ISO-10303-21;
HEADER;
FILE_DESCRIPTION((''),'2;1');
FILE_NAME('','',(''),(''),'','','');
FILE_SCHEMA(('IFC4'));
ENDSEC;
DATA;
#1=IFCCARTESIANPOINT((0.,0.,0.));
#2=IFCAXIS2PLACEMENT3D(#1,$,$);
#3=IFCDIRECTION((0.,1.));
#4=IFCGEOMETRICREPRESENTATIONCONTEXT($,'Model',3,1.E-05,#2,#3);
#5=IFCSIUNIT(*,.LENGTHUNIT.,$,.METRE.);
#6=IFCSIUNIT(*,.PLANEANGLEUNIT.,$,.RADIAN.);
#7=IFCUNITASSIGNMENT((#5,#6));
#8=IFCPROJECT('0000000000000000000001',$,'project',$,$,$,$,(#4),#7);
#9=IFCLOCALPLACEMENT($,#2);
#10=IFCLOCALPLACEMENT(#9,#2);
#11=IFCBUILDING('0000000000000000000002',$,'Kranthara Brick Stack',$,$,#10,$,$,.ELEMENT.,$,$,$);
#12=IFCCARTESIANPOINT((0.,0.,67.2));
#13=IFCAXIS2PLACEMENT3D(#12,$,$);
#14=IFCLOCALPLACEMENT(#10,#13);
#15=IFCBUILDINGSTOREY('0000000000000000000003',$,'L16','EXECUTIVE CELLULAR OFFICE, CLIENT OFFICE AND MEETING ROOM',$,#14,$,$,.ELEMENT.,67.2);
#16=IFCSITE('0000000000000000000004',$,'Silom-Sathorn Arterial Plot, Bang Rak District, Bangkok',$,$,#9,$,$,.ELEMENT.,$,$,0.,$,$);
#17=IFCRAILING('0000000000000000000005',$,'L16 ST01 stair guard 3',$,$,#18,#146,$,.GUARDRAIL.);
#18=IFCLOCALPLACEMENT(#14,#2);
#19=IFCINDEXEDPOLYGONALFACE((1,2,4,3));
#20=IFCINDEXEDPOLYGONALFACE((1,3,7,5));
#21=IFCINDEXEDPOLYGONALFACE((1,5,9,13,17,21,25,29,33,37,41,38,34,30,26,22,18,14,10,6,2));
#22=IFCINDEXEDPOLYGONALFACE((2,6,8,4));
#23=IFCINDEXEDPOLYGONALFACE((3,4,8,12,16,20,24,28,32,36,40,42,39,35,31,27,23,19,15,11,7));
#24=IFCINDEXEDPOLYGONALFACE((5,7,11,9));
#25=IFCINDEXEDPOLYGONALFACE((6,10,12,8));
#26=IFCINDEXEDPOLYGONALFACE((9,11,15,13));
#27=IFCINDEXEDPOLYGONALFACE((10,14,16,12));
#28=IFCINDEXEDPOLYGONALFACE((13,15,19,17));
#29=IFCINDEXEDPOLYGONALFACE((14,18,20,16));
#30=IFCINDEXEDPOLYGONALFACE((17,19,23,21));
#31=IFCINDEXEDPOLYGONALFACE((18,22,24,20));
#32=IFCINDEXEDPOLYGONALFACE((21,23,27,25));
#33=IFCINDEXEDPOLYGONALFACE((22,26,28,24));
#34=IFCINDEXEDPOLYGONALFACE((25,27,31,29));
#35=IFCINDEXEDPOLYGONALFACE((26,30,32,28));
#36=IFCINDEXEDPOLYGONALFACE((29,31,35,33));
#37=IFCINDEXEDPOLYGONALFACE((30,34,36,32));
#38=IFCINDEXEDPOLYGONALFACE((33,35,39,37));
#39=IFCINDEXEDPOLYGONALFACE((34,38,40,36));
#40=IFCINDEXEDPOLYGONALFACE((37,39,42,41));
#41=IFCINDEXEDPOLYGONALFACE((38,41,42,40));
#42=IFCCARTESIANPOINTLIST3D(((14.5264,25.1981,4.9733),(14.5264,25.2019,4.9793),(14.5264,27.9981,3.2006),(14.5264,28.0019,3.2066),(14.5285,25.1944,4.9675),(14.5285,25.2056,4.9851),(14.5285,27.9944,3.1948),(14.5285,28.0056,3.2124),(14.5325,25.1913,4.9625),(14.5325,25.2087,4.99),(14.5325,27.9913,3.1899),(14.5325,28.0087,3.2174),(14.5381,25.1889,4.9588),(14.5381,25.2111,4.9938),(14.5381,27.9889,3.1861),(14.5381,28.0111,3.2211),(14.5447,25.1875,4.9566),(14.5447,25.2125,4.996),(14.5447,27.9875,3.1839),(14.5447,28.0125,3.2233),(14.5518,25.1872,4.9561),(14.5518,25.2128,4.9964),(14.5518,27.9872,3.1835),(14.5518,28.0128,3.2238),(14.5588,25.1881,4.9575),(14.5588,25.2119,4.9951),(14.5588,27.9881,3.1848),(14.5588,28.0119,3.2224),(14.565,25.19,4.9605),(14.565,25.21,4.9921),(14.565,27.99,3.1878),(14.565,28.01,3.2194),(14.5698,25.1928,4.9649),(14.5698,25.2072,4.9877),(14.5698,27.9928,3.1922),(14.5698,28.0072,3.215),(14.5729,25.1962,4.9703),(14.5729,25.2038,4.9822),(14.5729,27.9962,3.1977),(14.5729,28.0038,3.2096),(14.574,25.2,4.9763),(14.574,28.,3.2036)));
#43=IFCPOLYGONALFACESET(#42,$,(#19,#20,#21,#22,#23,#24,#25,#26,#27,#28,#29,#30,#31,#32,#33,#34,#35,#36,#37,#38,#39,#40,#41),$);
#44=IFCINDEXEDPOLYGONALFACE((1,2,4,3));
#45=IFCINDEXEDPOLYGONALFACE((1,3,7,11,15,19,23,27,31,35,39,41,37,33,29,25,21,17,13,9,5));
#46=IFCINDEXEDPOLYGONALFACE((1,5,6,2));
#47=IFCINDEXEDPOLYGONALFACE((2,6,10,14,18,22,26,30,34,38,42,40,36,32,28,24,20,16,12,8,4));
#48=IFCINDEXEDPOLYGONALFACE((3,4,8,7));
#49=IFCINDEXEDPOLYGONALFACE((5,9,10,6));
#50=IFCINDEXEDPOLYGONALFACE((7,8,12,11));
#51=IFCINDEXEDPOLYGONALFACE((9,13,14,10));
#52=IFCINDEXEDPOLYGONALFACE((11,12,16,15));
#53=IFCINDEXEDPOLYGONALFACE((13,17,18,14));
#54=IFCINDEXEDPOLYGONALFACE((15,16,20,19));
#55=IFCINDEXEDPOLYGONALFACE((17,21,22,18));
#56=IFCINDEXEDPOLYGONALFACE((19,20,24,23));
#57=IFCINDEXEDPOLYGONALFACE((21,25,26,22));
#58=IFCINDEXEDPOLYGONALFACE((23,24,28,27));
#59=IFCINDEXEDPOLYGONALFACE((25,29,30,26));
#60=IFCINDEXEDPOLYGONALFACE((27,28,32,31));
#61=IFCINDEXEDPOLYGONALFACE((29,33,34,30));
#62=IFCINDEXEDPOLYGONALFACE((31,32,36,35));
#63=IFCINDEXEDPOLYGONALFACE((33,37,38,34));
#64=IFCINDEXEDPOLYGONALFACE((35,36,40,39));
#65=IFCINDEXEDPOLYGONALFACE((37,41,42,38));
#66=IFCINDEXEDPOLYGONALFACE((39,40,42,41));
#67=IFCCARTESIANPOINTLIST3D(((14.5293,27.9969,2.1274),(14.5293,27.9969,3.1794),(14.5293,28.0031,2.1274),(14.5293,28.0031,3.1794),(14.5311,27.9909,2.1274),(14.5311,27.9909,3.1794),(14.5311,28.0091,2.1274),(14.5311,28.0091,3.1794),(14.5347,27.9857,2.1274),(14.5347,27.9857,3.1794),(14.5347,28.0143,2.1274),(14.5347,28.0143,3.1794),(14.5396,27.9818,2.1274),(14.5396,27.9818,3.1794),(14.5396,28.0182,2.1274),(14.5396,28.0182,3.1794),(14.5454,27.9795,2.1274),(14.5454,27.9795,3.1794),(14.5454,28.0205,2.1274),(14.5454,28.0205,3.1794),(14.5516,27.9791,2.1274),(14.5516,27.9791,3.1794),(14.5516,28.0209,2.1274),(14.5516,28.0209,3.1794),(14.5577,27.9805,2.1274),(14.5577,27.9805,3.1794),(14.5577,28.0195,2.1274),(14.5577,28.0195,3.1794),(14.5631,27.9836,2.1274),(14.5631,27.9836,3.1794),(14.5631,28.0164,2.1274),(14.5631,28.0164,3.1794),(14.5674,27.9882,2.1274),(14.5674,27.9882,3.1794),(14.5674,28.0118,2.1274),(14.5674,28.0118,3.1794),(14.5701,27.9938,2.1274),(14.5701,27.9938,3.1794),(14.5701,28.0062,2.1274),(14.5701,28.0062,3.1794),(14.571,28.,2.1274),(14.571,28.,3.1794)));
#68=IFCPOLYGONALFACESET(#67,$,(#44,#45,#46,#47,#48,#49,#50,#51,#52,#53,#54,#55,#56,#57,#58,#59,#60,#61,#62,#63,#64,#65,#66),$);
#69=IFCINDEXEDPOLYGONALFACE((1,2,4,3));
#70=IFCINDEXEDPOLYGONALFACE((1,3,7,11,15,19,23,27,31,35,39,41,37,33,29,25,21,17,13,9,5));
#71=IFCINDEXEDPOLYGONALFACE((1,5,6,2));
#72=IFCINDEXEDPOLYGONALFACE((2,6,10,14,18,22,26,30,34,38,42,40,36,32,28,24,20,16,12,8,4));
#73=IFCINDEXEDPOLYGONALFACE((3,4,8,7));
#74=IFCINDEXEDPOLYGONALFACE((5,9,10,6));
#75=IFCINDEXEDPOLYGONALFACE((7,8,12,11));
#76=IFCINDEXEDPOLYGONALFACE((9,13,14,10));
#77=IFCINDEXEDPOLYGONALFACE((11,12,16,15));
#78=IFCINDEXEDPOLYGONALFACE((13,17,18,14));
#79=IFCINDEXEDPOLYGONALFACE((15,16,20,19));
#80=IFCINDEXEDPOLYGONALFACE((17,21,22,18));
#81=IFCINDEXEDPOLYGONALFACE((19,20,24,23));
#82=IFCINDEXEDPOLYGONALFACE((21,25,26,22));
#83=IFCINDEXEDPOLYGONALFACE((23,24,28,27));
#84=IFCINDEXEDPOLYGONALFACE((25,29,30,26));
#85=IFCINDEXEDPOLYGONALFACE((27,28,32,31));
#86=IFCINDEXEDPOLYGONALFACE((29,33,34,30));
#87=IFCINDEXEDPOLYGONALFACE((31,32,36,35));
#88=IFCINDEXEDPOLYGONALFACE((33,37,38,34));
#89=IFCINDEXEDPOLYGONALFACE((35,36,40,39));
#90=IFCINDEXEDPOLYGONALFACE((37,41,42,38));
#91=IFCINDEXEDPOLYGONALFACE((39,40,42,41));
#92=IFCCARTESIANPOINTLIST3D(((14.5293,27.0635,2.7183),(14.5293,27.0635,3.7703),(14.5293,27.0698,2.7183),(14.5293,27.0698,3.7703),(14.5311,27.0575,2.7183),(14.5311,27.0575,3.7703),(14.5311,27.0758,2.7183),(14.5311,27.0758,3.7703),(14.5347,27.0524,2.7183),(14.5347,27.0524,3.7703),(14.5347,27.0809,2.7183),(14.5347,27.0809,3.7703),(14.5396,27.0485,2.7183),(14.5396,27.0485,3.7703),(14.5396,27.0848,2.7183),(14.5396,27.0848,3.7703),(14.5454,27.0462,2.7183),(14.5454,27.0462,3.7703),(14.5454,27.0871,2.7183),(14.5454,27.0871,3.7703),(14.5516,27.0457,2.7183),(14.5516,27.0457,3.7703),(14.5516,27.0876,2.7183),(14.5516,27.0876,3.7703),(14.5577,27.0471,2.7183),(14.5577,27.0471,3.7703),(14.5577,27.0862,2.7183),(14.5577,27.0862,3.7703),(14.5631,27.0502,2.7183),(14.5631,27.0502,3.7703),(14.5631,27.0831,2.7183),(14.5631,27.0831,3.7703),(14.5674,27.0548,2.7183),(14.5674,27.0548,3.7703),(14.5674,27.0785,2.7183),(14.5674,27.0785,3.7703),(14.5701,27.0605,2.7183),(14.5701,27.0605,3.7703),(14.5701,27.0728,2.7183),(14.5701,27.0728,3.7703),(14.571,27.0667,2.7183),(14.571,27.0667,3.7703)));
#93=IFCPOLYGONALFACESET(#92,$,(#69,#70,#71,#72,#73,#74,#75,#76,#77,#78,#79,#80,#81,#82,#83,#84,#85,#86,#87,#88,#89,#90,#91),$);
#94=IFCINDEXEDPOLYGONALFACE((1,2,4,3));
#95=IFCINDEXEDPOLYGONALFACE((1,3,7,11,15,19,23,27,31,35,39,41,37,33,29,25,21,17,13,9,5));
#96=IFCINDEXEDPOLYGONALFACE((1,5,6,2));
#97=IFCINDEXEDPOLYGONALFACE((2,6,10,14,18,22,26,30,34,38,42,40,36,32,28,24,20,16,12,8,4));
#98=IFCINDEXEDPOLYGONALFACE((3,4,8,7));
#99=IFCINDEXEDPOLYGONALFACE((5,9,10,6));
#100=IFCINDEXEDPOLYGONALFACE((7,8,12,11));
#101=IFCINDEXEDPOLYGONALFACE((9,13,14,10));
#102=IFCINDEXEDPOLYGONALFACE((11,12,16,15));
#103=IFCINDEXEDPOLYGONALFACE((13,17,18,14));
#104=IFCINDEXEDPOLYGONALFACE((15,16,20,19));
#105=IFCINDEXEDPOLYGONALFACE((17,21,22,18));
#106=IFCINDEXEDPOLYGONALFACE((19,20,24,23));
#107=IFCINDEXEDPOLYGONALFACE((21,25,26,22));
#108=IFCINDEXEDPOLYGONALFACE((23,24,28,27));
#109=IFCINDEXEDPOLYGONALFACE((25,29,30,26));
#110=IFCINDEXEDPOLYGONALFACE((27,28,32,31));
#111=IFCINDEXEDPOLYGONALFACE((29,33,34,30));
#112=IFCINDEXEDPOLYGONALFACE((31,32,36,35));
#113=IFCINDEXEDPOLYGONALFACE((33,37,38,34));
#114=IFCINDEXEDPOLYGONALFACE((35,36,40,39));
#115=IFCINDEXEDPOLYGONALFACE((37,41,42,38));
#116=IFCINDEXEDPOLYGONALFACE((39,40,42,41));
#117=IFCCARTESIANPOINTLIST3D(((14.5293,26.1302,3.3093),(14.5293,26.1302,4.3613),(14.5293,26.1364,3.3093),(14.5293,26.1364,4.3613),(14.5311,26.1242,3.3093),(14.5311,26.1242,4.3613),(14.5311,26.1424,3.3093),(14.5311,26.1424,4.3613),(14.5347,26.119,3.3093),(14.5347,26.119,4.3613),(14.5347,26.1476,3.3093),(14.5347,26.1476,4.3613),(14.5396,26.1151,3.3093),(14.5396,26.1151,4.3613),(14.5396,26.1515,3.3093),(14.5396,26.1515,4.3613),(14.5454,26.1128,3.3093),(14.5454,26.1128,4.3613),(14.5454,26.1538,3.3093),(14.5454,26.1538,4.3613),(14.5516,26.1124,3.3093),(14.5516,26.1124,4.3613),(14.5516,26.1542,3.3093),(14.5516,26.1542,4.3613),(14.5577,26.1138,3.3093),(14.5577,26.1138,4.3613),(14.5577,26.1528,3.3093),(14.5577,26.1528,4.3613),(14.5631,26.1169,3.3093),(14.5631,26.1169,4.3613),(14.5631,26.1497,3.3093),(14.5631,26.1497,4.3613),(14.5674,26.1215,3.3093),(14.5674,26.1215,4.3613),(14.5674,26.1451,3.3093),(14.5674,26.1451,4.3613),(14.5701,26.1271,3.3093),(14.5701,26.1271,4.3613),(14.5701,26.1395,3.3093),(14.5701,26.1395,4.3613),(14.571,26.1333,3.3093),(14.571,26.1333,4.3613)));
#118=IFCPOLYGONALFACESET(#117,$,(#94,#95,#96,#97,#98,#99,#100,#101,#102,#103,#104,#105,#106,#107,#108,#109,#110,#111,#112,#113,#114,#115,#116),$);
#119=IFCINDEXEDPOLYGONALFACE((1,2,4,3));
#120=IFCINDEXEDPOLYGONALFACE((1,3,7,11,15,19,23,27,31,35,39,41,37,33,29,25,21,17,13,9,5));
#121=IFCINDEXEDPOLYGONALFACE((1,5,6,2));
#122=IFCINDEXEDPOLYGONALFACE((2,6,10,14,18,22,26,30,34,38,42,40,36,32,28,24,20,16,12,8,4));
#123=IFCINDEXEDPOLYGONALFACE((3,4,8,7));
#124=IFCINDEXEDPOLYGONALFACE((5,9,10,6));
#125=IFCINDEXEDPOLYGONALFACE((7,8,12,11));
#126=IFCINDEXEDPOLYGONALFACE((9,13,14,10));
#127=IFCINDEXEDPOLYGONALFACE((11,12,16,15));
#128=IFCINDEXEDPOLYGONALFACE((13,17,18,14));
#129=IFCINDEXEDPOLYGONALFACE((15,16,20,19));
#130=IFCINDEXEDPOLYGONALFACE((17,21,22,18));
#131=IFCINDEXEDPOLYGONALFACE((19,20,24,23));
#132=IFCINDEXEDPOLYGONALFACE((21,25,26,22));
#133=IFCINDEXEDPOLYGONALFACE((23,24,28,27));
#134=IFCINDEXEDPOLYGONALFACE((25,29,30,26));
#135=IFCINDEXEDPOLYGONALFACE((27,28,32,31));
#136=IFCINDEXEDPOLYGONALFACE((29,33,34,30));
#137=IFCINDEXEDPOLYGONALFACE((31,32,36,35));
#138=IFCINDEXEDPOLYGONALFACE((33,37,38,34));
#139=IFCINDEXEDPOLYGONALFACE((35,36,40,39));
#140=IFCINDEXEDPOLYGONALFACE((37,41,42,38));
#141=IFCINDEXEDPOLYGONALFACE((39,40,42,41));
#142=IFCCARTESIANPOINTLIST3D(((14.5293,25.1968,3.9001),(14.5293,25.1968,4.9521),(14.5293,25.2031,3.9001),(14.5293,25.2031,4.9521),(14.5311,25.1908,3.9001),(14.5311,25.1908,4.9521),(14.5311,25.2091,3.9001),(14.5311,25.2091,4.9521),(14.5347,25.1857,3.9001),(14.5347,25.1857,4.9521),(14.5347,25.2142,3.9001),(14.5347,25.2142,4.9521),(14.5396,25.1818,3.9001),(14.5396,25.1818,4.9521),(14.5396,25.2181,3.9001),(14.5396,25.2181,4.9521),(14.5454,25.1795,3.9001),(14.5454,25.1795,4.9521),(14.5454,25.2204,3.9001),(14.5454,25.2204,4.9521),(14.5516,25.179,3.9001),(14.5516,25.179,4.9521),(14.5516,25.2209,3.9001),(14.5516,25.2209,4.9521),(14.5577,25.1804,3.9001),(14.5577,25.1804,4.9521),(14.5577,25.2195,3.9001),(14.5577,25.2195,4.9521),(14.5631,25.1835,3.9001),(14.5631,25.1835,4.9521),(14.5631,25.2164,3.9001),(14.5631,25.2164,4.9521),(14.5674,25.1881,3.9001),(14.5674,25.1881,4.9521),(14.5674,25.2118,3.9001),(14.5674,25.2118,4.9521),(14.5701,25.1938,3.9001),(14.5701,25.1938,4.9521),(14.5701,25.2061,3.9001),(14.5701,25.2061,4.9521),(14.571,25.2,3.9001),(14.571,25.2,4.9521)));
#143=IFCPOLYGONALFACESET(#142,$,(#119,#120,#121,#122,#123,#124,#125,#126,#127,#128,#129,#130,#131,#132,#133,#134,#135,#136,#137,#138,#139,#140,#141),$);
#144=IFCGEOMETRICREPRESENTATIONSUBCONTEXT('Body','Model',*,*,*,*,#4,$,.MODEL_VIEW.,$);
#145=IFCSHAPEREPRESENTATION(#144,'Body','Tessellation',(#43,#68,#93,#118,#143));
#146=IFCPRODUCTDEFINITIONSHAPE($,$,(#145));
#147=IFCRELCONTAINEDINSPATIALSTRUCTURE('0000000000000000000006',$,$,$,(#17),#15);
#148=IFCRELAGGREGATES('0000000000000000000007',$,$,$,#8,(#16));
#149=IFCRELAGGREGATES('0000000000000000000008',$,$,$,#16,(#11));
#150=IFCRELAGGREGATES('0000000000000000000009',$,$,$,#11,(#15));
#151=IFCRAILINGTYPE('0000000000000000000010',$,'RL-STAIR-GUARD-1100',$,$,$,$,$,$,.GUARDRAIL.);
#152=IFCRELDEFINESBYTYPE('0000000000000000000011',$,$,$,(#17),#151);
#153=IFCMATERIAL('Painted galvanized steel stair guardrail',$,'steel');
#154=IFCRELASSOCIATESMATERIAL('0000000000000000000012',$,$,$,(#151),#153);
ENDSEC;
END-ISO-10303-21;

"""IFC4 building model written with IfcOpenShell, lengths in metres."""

from ifc_helpers import new_model, si_unit, direction, frame, origin, origin_2d, place, context, subcontext, project, spatial, circle, extrude, material, type_object, element, save


model = new_model("IFC4")

# Units and contexts
model_context = context("Model", 3, precision=1e-05, world=origin(), true_north=direction((0.0, 1.0)))
body_context = subcontext(model_context, "Body", "Model", "MODEL_VIEW")
ifc_project = project(units=[si_unit("LENGTHUNIT", "METRE"), si_unit("PLANEANGLEUNIT", "RADIAN")], contexts=[model_context])

# Site, building, storey
site_placement = place(None, origin())
site = spatial("IfcSite", under=ifc_project, at=site_placement, Name="Silom-Sathorn Arterial Plot, Bang Rak District, Bangkok", CompositionType="ELEMENT", RefElevation=0.0)
building_placement = place(site_placement, origin())
building = spatial("IfcBuilding", under=site, at=building_placement, Name="Kranthara Brick Stack", CompositionType="ELEMENT")
storey_placement = place(building_placement, frame((0.0, 0.0, 67.2)))
storey = spatial("IfcBuildingStorey", under=building, at=storey_placement, Name="L16", Description="EXECUTIVE CELLULAR OFFICE, CLIENT OFFICE AND MEETING ROOM", CompositionType="ELEMENT", Elevation=67.2)

# Railing
ifc_material_1 = material(Name="Painted galvanized steel stair guardrail", Category="steel")
railing_type_1 = type_object("IfcRailingType", Name="RL-STAIR-GUARD-1100", PredefinedType="GUARDRAIL", material=ifc_material_1)
railing_1_placement = place(storey_placement, frame((14.55, 28.0, 2.1274)))
element("IfcRailing", 1, at=railing_1_placement, inside=storey, type_object=railing_type_1, Name="L16 ST01 stair guard 3", PredefinedType="GUARDRAIL", context=body_context, shape_type="SweptSolid", body=[
    extrude(circle(Radius=0.0239, at=origin_2d()), frame((0.0, 0.0, 1.0762), z_axis=(0.0, -0.844909, 0.53491), x_axis=(1.0, 0.0, 0.0)), (0.0, 0.0, 1.0), 3.314),
    extrude(circle(Radius=0.021, at=origin_2d()), origin(), (0.0, 0.0, 1.0), 1.052),
    extrude(circle(Radius=0.021, at=origin_2d()), frame((0.0, -0.9333, 0.5908)), (0.0, 0.0, 1.0), 1.052),
    extrude(circle(Radius=0.021, at=origin_2d()), frame((0.0, -1.8667, 1.1819)), (0.0, 0.0, 1.0), 1.052),
    extrude(circle(Radius=0.021, at=origin_2d()), frame((0.0, -2.8, 1.7727)), (0.0, 0.0, 1.0), 1.052),
])

save(model, "model.ifc")
